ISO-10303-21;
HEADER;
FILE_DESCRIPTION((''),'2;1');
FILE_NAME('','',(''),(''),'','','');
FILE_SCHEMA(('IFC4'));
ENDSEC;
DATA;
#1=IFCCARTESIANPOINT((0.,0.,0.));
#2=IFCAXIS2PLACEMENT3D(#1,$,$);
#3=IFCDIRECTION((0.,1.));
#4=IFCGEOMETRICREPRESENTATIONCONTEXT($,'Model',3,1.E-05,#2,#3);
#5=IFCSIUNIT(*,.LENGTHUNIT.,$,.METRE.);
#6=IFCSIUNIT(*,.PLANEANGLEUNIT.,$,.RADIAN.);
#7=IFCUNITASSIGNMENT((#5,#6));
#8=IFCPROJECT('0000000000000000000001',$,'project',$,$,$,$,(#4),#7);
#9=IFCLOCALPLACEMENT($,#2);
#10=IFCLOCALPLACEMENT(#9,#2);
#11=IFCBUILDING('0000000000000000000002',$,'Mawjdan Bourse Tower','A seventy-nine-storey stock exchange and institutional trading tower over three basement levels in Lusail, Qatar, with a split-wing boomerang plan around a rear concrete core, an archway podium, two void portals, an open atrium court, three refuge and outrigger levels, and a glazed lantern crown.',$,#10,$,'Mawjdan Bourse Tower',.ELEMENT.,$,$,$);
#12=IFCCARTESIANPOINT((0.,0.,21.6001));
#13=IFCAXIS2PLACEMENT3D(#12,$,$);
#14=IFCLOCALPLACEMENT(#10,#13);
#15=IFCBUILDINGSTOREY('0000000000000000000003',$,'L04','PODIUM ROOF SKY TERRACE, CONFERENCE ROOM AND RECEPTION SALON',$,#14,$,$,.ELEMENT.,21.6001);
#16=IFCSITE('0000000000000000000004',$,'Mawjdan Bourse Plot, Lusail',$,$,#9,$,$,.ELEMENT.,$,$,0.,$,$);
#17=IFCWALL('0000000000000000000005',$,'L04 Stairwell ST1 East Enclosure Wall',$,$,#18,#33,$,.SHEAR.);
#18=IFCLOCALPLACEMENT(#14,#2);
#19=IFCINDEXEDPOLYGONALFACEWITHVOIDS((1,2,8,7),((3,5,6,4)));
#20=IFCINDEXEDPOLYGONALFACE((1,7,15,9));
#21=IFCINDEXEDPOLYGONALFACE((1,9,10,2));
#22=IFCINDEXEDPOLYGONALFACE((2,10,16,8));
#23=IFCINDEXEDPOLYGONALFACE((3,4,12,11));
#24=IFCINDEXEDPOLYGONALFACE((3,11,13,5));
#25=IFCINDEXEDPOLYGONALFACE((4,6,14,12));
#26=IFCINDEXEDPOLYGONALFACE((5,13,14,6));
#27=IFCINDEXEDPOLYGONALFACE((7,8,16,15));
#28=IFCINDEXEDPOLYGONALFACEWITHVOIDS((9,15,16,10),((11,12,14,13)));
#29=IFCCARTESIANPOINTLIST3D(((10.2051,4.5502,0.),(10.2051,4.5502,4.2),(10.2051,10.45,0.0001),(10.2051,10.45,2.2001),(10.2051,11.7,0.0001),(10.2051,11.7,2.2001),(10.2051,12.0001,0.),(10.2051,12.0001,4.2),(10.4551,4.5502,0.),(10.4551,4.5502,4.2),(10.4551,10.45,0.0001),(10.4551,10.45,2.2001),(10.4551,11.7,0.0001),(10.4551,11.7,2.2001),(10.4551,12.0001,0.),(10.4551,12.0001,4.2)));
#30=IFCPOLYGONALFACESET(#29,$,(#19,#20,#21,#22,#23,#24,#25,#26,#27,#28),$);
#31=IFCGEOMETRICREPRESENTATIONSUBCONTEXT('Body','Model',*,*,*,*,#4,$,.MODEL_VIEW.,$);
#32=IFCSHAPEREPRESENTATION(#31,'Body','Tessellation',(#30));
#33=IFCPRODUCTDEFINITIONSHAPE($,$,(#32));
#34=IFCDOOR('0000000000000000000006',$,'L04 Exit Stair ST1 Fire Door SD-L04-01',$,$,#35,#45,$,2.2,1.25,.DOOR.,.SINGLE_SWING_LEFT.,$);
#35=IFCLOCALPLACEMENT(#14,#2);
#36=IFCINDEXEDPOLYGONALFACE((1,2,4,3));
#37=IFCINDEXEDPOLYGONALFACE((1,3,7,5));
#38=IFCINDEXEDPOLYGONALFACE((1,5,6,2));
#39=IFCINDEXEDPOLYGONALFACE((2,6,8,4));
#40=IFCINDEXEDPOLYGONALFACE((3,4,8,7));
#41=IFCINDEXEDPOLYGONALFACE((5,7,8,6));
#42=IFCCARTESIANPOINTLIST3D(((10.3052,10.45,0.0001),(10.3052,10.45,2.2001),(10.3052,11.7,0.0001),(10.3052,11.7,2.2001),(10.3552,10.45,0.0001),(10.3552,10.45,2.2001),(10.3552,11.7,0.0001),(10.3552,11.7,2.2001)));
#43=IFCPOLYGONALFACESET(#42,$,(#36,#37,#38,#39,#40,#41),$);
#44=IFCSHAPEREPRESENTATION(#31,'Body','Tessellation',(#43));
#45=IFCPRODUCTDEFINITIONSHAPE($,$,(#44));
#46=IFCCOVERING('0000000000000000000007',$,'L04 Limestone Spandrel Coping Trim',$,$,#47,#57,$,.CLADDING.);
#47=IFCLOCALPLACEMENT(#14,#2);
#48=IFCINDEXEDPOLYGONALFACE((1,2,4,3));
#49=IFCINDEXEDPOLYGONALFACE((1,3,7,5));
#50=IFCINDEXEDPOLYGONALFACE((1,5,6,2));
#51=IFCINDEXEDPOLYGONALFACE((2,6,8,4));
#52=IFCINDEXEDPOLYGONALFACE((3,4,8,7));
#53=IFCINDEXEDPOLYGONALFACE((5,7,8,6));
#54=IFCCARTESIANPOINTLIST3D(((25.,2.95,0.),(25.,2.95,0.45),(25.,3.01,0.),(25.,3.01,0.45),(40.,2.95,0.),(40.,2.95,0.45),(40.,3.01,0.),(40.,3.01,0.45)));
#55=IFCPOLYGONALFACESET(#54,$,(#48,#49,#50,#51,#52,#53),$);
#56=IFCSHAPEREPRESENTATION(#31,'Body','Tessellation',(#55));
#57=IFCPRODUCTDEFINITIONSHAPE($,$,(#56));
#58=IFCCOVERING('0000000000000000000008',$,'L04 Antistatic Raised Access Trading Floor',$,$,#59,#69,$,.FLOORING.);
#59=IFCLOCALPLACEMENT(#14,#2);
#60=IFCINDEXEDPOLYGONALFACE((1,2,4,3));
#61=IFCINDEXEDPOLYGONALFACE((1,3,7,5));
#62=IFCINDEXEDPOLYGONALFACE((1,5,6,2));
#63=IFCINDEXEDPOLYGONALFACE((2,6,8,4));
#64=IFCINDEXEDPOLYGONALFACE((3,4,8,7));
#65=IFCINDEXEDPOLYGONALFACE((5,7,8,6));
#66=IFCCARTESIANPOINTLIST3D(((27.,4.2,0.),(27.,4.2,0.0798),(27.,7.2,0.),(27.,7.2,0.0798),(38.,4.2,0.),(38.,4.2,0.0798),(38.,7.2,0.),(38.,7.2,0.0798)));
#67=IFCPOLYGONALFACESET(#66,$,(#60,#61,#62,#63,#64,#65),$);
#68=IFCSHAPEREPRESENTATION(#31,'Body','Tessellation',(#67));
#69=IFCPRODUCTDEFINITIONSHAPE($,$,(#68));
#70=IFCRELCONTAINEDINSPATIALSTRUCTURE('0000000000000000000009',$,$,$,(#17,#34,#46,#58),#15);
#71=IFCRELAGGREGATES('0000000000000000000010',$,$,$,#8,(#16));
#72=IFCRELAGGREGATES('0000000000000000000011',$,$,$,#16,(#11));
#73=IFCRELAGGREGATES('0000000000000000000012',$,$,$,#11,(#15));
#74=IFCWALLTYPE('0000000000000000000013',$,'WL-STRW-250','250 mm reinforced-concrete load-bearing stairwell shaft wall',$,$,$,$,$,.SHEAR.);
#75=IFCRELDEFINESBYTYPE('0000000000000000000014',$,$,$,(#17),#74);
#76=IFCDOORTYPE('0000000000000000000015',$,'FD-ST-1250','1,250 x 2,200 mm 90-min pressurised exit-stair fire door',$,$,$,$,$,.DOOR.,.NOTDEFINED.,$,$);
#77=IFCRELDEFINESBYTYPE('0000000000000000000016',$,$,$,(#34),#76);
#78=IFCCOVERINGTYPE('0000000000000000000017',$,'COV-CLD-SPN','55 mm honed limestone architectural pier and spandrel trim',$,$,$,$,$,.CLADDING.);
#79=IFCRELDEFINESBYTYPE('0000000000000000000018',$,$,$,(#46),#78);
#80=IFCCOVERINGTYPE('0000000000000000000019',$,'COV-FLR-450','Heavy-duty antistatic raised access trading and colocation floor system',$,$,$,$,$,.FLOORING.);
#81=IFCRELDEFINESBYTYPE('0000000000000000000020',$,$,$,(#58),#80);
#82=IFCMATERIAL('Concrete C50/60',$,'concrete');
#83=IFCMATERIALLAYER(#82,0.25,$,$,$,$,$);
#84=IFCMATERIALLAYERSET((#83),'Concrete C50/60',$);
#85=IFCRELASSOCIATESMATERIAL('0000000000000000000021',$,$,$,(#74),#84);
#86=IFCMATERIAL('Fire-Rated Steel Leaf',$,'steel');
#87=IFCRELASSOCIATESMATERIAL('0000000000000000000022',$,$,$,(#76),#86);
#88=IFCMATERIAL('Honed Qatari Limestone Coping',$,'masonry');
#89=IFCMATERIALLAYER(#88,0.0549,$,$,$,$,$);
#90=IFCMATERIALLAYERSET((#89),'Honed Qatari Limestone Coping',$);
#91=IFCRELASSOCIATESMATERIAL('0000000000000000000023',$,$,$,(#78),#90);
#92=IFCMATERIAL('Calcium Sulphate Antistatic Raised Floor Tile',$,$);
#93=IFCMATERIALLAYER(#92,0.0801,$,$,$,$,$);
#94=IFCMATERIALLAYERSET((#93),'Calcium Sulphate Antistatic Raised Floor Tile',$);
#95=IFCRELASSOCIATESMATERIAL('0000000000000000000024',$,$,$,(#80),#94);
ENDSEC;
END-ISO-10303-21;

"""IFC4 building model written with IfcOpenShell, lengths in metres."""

from ifc_helpers import new_model, si_unit, direction, frame, frame_2d, origin, place, context, subcontext, project, spatial, polyline, rectangle, outline, extrude, material, layer, layer_set, type_object, element, fill, save


model = new_model("IFC4")

# Units and contexts
model_context = context("Model", 3, precision=1e-05, world=origin(), true_north=direction((0.0, 1.0)))
body_context = subcontext(model_context, "Body", "Model", "MODEL_VIEW")
ifc_project = project(units=[si_unit("LENGTHUNIT", "METRE"), si_unit("PLANEANGLEUNIT", "RADIAN")], contexts=[model_context])

# Site, building, storey
site_placement = place(None, origin())
site = spatial("IfcSite", under=ifc_project, at=site_placement, Name="Mawjdan Bourse Plot, Lusail", CompositionType="ELEMENT", RefElevation=0.0)
building_placement = place(site_placement, origin())
building = spatial("IfcBuilding", under=site, at=building_placement, Name="Mawjdan Bourse Tower", Description="A seventy-nine-storey stock exchange and institutional trading tower over three basement levels in Lusail, Qatar, with a split-wing boomerang plan around a rear concrete core, an archway podium, two void portals, an open atrium court, three refuge and outrigger levels, and a glazed lantern crown.", LongName="Mawjdan Bourse Tower", CompositionType="ELEMENT")
storey_placement = place(building_placement, frame((0.0, 0.0, 21.6001)))
storey = spatial("IfcBuildingStorey", under=building, at=storey_placement, Name="L04", Description="PODIUM ROOF SKY TERRACE, CONFERENCE ROOM AND RECEPTION SALON", CompositionType="ELEMENT", Elevation=21.6001)

# Shared definitions
ifc_material_1 = material(Name="Concrete C50/60", Category="concrete")

# Shared definitions
ifc_layer_1 = layer(ifc_material_1, 0.25)
ifc_layer_set_1 = layer_set([ifc_layer_1], Name="Concrete C50/60")
wall_type_1 = type_object("IfcWallType", Name="WL-STRW-250", Description="250 mm reinforced-concrete load-bearing stairwell shaft wall", PredefinedType="SHEAR", material=ifc_layer_set_1)

# Wall, opening, door
wall_1_placement = place(storey_placement, frame((10.3301, 4.55, 0.0), z_axis=(0.0, 0.0, 1.0), x_axis=(0.0, 1.0, 0.0)))
wall_1 = element("IfcWall", 1, at=wall_1_placement, inside=storey, type_object=wall_type_1, Name="L04 Stairwell ST1 East Enclosure Wall", PredefinedType="SHEAR", context=body_context, shape_type="SweptSolid", body=[
    extrude(rectangle(XDim=7.45, YDim=0.25, at=frame_2d((3.7251, 0.0))), origin(), (0.0, 0.0, 1.0), 4.2),
])
opening_1_placement = place(wall_1_placement, frame((5.8999, 0.0, 0.0)))
opening_1 = element("IfcOpeningElement", 2, at=opening_1_placement, cuts=wall_1, PredefinedType="OPENING", context=body_context, shape_type="SweptSolid", body=[
    extrude(rectangle(XDim=1.25, YDim=2.2, at=frame_2d((0.625, 1.1001))), frame((0.0, 0.135, 0.0), z_axis=(0.0, -1.0, 0.0), x_axis=(1.0, 0.0, 0.0)), (0.0, 0.0, 1.0), 0.27),
])
ifc_material_2 = material(Name="Fire-Rated Steel Leaf", Category="steel")
door_type = type_object("IfcDoorType", Name="FD-ST-1250", Description="1,250 x 2,200 mm 90-min pressurised exit-stair fire door", OperationType="NOTDEFINED", PredefinedType="DOOR", material=ifc_material_2)
door_placement = place(opening_1_placement, origin())
door = element("IfcDoor", 3, at=door_placement, inside=storey, type_object=door_type, Name="L04 Exit Stair ST1 Fire Door SD-L04-01", OperationType="SINGLE_SWING_LEFT", OverallHeight=2.2, OverallWidth=1.25, PredefinedType="DOOR", context=body_context, shape_type="SweptSolid", body=[
    extrude(rectangle(XDim=1.25, YDim=2.2, at=frame_2d((0.625, 1.1001))), frame((0.0, 0.0249, 0.0), z_axis=(0.0, -1.0, 0.0), x_axis=(1.0, 0.0, 0.0)), (0.0, 0.0, 1.0), 0.05),
])
fill(opening_1, door)

# Coverings
ifc_material_3 = material(Name="Honed Qatari Limestone Coping", Category="masonry")
ifc_layer_2 = layer(ifc_material_3, 0.0549)
ifc_layer_set_2 = layer_set([ifc_layer_2], Name="Honed Qatari Limestone Coping")
covering_type_1 = type_object("IfcCoveringType", Name="COV-CLD-SPN", Description="55 mm honed limestone architectural pier and spandrel trim", PredefinedType="CLADDING", material=ifc_layer_set_2)
covering_1_placement = place(storey_placement, origin())
element("IfcCovering", 4, at=covering_1_placement, inside=storey, type_object=covering_type_1, Name="L04 Limestone Spandrel Coping Trim", PredefinedType="CLADDING", context=body_context, shape_type="SweptSolid", body=[
    extrude(outline(polyline([(25.0, 2.95), (40.0, 2.95), (40.0, 3.01), (25.0, 3.01), (25.0, 2.95)])), origin(), (0.0, 0.0, 1.0), 0.45),
])
ifc_material_4 = material(Name="Calcium Sulphate Antistatic Raised Floor Tile")
ifc_layer_3 = layer(ifc_material_4, 0.0801)
ifc_layer_set_3 = layer_set([ifc_layer_3], Name="Calcium Sulphate Antistatic Raised Floor Tile")
covering_type_2 = type_object("IfcCoveringType", Name="COV-FLR-450", Description="Heavy-duty antistatic raised access trading and colocation floor system", PredefinedType="FLOORING", material=ifc_layer_set_3)
covering_2_placement = place(storey_placement, origin())
element("IfcCovering", 5, at=covering_2_placement, inside=storey, type_object=covering_type_2, Name="L04 Antistatic Raised Access Trading Floor", PredefinedType="FLOORING", context=body_context, shape_type="SweptSolid", body=[
    extrude(outline(polyline([(27.0, 4.2), (38.0, 4.2), (38.0, 7.2), (27.0, 7.2), (27.0, 4.2)])), origin(), (0.0, 0.0, 1.0), 0.0798),
])

save(model, "model.ifc")
